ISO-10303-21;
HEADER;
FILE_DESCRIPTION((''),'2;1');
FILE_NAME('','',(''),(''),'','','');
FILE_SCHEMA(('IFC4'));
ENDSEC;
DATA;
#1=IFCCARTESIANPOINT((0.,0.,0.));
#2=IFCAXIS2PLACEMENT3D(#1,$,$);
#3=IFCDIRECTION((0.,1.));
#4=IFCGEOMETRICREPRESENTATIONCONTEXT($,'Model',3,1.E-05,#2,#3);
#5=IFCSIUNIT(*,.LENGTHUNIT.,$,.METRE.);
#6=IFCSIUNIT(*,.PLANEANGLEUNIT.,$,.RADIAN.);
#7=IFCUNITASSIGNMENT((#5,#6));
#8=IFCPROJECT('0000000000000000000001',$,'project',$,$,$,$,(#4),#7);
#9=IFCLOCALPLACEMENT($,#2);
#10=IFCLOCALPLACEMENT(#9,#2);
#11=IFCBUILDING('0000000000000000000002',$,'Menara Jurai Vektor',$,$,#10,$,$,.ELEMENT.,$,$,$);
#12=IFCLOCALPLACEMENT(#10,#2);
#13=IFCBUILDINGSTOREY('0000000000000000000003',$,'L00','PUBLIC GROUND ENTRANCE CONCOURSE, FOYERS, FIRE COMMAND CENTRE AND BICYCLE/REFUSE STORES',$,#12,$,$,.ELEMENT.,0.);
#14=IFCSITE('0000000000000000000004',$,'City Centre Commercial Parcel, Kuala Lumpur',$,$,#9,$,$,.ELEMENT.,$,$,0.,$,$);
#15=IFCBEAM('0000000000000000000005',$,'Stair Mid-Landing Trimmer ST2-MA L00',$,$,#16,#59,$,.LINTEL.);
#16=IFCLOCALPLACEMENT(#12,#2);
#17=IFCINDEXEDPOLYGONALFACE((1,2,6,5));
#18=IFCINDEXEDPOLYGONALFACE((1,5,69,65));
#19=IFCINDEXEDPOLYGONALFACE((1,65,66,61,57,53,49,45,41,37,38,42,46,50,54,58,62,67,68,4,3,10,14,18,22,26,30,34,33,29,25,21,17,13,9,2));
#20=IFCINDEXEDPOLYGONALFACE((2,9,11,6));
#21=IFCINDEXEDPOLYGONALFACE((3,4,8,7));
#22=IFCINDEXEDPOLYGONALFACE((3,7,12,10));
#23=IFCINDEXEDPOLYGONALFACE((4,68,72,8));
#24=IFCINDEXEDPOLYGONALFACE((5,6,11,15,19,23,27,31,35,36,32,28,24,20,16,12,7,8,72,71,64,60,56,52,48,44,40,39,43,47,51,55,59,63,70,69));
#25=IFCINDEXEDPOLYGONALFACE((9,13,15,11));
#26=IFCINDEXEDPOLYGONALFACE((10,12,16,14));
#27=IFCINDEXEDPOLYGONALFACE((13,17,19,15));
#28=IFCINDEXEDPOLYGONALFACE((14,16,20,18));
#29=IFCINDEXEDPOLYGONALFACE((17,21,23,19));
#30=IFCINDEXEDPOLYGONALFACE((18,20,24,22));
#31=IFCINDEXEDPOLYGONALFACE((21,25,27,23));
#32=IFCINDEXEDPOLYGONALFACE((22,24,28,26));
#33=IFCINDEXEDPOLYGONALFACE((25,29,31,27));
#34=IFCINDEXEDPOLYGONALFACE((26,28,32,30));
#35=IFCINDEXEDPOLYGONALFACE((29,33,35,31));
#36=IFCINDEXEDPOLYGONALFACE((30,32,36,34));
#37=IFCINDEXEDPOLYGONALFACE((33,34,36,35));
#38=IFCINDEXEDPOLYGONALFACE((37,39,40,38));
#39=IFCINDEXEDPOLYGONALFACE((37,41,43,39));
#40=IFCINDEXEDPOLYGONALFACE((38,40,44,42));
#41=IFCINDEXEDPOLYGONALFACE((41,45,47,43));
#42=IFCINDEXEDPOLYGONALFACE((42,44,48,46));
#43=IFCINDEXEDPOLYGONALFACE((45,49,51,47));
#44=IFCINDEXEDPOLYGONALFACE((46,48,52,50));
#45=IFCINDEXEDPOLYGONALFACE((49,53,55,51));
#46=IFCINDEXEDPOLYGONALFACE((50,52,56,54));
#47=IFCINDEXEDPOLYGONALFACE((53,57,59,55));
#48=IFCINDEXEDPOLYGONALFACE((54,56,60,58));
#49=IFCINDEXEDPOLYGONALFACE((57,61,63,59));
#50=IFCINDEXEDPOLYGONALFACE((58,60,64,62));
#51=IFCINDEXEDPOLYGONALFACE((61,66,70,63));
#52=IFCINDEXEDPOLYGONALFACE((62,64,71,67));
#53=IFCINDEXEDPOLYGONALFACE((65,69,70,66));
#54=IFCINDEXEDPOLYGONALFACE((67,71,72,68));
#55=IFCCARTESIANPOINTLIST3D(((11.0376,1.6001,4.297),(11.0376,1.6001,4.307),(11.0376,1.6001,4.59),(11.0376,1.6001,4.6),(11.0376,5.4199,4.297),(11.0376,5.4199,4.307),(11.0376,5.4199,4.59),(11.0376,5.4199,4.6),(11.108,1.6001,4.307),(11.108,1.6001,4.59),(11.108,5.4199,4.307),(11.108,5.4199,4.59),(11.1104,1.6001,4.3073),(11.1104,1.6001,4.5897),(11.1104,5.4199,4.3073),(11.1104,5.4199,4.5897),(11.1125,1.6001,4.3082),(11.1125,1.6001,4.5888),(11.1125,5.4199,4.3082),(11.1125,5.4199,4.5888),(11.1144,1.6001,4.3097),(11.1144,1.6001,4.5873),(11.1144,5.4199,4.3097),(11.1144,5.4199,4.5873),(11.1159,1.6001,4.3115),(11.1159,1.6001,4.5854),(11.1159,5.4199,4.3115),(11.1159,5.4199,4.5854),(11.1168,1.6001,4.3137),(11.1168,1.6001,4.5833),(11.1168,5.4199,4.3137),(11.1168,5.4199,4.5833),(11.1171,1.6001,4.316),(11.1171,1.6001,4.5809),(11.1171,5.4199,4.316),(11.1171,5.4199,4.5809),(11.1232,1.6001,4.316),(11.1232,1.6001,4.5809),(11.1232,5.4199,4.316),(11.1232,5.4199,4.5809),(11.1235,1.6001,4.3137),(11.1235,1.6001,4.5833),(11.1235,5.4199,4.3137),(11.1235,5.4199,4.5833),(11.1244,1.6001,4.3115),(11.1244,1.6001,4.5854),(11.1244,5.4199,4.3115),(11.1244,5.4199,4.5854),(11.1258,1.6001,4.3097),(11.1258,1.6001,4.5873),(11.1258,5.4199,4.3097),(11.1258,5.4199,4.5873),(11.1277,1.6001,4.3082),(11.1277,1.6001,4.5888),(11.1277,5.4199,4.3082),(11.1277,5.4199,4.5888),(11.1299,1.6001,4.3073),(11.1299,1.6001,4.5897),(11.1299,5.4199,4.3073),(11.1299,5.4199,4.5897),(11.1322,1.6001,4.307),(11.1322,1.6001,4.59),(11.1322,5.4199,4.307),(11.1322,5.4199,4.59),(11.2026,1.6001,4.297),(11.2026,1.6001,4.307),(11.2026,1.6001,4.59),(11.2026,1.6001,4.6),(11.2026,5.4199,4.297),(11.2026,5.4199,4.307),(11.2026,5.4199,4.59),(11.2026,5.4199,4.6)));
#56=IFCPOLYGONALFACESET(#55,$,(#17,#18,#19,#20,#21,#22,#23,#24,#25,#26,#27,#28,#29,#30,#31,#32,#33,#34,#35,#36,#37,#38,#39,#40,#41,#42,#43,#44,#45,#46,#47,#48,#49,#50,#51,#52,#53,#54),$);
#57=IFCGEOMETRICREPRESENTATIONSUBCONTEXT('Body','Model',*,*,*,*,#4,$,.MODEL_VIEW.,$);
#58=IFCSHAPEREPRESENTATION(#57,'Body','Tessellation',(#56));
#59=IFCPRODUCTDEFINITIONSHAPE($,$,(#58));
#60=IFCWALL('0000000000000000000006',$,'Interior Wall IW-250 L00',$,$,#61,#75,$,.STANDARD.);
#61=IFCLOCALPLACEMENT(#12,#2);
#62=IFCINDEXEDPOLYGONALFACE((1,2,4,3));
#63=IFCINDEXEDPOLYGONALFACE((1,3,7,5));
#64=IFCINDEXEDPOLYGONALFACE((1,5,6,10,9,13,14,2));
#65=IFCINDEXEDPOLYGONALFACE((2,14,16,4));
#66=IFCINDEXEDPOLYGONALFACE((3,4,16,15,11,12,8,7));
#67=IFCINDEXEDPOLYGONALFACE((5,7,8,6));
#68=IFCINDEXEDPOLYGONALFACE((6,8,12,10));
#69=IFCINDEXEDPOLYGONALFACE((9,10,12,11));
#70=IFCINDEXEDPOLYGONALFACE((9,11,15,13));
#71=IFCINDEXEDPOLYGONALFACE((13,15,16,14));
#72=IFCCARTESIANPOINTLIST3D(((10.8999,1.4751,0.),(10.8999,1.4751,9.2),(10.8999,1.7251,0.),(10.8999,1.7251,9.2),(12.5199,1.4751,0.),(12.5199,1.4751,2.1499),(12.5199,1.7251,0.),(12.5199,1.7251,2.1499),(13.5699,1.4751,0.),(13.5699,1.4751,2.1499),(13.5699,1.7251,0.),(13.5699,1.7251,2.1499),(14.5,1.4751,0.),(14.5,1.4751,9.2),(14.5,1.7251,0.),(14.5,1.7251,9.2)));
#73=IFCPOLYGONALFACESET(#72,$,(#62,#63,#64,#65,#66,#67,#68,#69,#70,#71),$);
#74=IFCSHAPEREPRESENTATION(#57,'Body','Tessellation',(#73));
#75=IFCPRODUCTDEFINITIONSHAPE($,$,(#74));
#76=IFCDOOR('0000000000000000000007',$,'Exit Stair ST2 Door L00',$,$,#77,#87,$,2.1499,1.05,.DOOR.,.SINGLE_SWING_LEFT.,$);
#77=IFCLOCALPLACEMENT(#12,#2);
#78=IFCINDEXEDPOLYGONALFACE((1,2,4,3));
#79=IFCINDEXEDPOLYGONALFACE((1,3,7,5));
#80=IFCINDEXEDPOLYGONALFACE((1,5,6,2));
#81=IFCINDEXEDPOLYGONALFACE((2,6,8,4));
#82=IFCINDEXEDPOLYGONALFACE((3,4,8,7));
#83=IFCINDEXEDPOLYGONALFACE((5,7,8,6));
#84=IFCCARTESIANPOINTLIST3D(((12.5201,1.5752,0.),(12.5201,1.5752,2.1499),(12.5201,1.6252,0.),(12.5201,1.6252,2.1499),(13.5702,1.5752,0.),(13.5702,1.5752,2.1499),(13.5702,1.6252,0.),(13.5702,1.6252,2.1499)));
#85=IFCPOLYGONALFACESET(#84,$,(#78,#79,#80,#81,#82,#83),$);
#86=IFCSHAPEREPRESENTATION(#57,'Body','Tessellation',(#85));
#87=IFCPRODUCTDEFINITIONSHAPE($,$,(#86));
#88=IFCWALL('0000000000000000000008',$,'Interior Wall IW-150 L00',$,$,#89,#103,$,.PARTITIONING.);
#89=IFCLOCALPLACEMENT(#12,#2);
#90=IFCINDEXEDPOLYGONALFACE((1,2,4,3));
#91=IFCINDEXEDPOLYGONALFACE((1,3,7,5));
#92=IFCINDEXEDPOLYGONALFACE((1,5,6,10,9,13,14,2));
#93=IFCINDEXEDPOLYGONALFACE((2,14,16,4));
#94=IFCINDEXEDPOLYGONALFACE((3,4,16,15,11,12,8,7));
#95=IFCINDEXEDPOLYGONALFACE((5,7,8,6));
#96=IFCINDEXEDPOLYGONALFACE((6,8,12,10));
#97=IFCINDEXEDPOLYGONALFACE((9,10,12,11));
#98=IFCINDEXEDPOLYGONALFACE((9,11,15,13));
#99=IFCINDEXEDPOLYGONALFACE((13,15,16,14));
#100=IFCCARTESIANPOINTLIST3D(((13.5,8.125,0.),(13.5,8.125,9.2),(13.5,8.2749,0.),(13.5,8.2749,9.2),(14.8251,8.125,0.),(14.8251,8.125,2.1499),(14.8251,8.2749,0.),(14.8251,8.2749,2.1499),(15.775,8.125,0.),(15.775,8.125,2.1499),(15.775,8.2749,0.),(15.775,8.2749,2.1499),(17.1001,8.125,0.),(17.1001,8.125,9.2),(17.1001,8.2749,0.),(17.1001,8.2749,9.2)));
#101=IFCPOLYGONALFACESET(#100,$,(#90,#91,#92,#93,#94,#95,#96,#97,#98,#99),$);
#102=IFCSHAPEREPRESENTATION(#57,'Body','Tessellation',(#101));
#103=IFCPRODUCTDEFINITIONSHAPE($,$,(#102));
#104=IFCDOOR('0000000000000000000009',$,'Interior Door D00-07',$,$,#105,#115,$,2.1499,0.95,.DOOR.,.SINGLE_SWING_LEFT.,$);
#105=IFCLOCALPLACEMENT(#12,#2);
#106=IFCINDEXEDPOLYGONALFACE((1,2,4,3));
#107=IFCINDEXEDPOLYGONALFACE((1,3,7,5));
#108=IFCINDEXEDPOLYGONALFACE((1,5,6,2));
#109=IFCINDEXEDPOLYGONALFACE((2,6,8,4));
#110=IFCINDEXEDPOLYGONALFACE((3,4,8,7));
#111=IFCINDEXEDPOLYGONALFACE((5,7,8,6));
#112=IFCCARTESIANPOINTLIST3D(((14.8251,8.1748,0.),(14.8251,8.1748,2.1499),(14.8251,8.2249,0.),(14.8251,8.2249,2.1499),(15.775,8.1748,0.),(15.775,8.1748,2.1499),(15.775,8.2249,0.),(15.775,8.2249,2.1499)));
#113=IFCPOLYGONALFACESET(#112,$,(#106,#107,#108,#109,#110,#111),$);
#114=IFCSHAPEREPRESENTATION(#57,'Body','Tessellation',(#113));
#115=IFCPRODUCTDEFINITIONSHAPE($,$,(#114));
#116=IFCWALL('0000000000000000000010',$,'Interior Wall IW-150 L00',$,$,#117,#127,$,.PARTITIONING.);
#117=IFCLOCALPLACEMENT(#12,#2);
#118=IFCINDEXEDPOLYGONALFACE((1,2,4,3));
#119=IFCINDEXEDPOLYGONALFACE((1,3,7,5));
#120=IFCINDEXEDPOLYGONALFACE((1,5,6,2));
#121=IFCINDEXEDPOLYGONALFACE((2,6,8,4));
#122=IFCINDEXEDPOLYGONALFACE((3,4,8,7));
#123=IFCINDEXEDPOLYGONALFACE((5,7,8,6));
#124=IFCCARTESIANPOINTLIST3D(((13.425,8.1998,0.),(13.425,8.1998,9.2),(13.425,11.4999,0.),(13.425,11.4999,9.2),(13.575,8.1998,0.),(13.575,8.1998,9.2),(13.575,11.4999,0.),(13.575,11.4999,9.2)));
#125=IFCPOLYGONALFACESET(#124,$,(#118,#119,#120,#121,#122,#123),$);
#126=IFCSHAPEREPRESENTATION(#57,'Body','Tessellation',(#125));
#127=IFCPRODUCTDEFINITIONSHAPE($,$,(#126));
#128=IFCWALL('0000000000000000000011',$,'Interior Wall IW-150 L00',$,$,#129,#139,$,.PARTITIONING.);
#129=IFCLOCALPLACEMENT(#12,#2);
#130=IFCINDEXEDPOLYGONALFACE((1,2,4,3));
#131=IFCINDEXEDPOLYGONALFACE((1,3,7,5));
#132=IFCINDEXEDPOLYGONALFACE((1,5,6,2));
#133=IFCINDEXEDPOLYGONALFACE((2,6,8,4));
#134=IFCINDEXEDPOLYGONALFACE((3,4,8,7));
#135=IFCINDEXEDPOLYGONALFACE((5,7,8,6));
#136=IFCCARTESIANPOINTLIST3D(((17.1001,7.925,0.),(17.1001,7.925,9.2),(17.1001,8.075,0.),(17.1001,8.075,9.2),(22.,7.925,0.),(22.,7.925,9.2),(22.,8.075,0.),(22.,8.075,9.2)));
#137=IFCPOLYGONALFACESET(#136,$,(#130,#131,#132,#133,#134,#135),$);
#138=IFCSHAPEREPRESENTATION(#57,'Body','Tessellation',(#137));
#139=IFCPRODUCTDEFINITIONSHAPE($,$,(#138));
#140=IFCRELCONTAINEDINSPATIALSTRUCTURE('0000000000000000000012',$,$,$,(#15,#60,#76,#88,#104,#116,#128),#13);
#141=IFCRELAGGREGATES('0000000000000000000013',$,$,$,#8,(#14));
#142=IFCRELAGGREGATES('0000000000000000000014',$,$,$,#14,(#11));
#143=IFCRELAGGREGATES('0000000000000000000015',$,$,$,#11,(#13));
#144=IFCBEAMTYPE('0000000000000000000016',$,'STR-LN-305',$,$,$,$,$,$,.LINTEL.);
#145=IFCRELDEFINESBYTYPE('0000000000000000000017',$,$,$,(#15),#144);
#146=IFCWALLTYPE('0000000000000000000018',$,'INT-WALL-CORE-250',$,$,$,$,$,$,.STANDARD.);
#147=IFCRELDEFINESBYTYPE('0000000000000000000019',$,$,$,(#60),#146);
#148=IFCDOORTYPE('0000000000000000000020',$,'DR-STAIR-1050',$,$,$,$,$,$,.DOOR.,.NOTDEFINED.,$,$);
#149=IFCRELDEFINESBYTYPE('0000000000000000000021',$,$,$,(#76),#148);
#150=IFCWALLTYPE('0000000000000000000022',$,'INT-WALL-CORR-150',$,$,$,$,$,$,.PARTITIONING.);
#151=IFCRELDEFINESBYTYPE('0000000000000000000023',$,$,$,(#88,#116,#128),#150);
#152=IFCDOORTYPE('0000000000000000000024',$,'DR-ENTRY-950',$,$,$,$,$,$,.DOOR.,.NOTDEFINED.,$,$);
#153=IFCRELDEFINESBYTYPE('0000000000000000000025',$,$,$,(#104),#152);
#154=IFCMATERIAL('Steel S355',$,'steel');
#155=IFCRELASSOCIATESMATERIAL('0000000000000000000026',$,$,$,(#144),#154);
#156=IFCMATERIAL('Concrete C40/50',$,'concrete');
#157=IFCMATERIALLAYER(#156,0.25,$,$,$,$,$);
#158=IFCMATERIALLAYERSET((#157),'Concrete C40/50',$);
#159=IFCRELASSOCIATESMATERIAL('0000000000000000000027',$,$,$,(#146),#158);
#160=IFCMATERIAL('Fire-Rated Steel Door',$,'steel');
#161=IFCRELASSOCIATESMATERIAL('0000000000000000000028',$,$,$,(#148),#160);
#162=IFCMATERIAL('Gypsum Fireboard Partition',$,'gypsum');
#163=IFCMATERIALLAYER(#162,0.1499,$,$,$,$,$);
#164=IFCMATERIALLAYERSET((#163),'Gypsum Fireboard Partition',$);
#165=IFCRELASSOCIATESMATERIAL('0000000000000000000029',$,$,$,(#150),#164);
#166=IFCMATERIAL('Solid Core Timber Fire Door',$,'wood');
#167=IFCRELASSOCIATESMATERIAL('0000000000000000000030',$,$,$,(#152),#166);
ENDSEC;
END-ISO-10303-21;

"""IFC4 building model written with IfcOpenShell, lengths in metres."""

from ifc_helpers import new_model, si_unit, direction, frame, frame_2d, origin, origin_2d, place, context, subcontext, project, spatial, rectangle, i_section, extrude, material, layer, layer_set, material_profile, profile_set, type_object, element, fill, save


model = new_model("IFC4")

# Units and contexts
model_context = context("Model", 3, precision=1e-05, world=origin(), true_north=direction((0.0, 1.0)))
body_context = subcontext(model_context, "Body", "Model", "MODEL_VIEW")
ifc_project = project(units=[si_unit("LENGTHUNIT", "METRE"), si_unit("PLANEANGLEUNIT", "RADIAN")], contexts=[model_context])

# Site, building, storey
site_placement = place(None, origin())
site = spatial("IfcSite", under=ifc_project, at=site_placement, Name="City Centre Commercial Parcel, Kuala Lumpur", CompositionType="ELEMENT", RefElevation=0.0)
building_placement = place(site_placement, origin())
building = spatial("IfcBuilding", under=site, at=building_placement, Name="Menara Jurai Vektor", CompositionType="ELEMENT")
storey_placement = place(building_placement, origin())
storey = spatial("IfcBuildingStorey", under=building, at=storey_placement, Name="L00", Description="PUBLIC GROUND ENTRANCE CONCOURSE, FOYERS, FIRE COMMAND CENTRE AND BICYCLE/REFUSE STORES", CompositionType="ELEMENT", Elevation=0.0)

# Shared definitions
ifc_material_1 = material(Name="Steel S355", Category="steel")

# Beam
ifc_material_profile_1 = material_profile(ifc_material_1, i_section(OverallWidth=0.165, OverallDepth=0.303, WebThickness=0.0061, FlangeThickness=0.01, FilletRadius=0.009, at=origin_2d()), Name="UKB 305x165x40")
ifc_profile_set_1 = profile_set([ifc_material_profile_1], Name="Steel S355")
beam_type_1 = type_object("IfcBeamType", Name="STR-LN-305", PredefinedType="LINTEL", material=ifc_profile_set_1)
for number, where, z_axis, x_axis, name in (
    (1, (11.1201, 1.6001, 4.4485), (0.0, 1.0, 0.0), (-1.0, 0.0, 0.0), "Stair Mid-Landing Trimmer ST2-MA L00"),
):
    element("IfcBeam", number, at=place(storey_placement, frame(where, z_axis=z_axis, x_axis=x_axis)), inside=storey, type_object=beam_type_1, Name=name, PredefinedType="LINTEL", context=body_context, shape_type="SweptSolid", body=[
        extrude(i_section(OverallWidth=0.165, OverallDepth=0.303, WebThickness=0.0061, FlangeThickness=0.01, FilletRadius=0.009, at=origin_2d()), origin(), (0.0, 0.0, 1.0), 3.8198),
    ])

# Walls, openings, doors
ifc_material_2 = material(Name="Concrete C40/50", Category="concrete")
ifc_layer_1 = layer(ifc_material_2, 0.25)
ifc_layer_set_1 = layer_set([ifc_layer_1], Name="Concrete C40/50")
wall_type_1 = type_object("IfcWallType", Name="INT-WALL-CORE-250", PredefinedType="STANDARD", material=ifc_layer_set_1)
wall_1_placement = place(storey_placement, frame((10.8999, 1.6001, 0.0), z_axis=(0.0, 0.0, 1.0), x_axis=(1.0, 0.0, 0.0)))
wall_1 = element("IfcWall", 2, at=wall_1_placement, inside=storey, type_object=wall_type_1, Name="Interior Wall IW-250 L00", PredefinedType="STANDARD", context=body_context, shape_type="SweptSolid", body=[
    extrude(rectangle(XDim=3.6001, YDim=0.25, at=frame_2d((1.8, 0.0))), origin(), (0.0, 0.0, 1.0), 9.2),
])
opening_1_placement = place(wall_1_placement, frame((1.6201, 0.0, 0.0)))
opening_1 = element("IfcOpeningElement", 3, at=opening_1_placement, cuts=wall_1, PredefinedType="OPENING", context=body_context, shape_type="SweptSolid", body=[
    extrude(rectangle(XDim=1.05, YDim=2.1499, at=frame_2d((0.5249, 1.075))), frame((0.0, 0.135, 0.0), z_axis=(0.0, -1.0, 0.0), x_axis=(1.0, 0.0, 0.0)), (0.0, 0.0, 1.0), 0.27),
])
ifc_material_3 = material(Name="Fire-Rated Steel Door", Category="steel")
door_type_1 = type_object("IfcDoorType", Name="DR-STAIR-1050", OperationType="NOTDEFINED", PredefinedType="DOOR", material=ifc_material_3)
door_1_placement = place(opening_1_placement, frame((1.05, 0.0, 0.0), z_axis=(0.0, 0.0, 1.0), x_axis=(-1.0, 0.0, 0.0)))
door_1 = element("IfcDoor", 4, at=door_1_placement, inside=storey, type_object=door_type_1, Name="Exit Stair ST2 Door L00", OperationType="SINGLE_SWING_LEFT", OverallHeight=2.1499, OverallWidth=1.05, PredefinedType="DOOR", context=body_context, shape_type="SweptSolid", body=[
    extrude(rectangle(XDim=1.05, YDim=2.1499, at=frame_2d((0.5249, 1.075))), frame((0.0, 0.0249, 0.0), z_axis=(0.0, -1.0, 0.0), x_axis=(1.0, 0.0, 0.0)), (0.0, 0.0, 1.0), 0.05),
])
fill(opening_1, door_1)
ifc_material_4 = material(Name="Gypsum Fireboard Partition", Category="gypsum")
ifc_layer_2 = layer(ifc_material_4, 0.1499)
ifc_layer_set_2 = layer_set([ifc_layer_2], Name="Gypsum Fireboard Partition")
wall_type_2 = type_object("IfcWallType", Name="INT-WALL-CORR-150", PredefinedType="PARTITIONING", material=ifc_layer_set_2)
wall_2_placement = place(storey_placement, frame((13.5, 8.2, 0.0), z_axis=(0.0, 0.0, 1.0), x_axis=(1.0, 0.0, 0.0)))
wall_2 = element("IfcWall", 5, at=wall_2_placement, inside=storey, type_object=wall_type_2, Name="Interior Wall IW-150 L00", PredefinedType="PARTITIONING", context=body_context, shape_type="SweptSolid", body=[
    extrude(rectangle(XDim=3.6001, YDim=0.1499, at=frame_2d((1.8, 0.0))), origin(), (0.0, 0.0, 1.0), 9.2),
])
opening_2_placement = place(wall_2_placement, frame((1.325, 0.0, 0.0)))
opening_2 = element("IfcOpeningElement", 6, at=opening_2_placement, cuts=wall_2, PredefinedType="OPENING", context=body_context, shape_type="SweptSolid", body=[
    extrude(rectangle(XDim=0.95, YDim=2.1499, at=frame_2d((0.4751, 1.075))), frame((0.0, 0.085, 0.0), z_axis=(0.0, -1.0, 0.0), x_axis=(1.0, 0.0, 0.0)), (0.0, 0.0, 1.0), 0.1699),
])
ifc_material_5 = material(Name="Solid Core Timber Fire Door", Category="wood")
door_type_2 = type_object("IfcDoorType", Name="DR-ENTRY-950", OperationType="NOTDEFINED", PredefinedType="DOOR", material=ifc_material_5)
door_2_placement = place(opening_2_placement, origin())
door_2 = element("IfcDoor", 7, at=door_2_placement, inside=storey, type_object=door_type_2, Name="Interior Door D00-07", OperationType="SINGLE_SWING_LEFT", OverallHeight=2.1499, OverallWidth=0.95, PredefinedType="DOOR", context=body_context, shape_type="SweptSolid", body=[
    extrude(rectangle(XDim=0.95, YDim=2.1499, at=frame_2d((0.4751, 1.075))), frame((0.0, 0.0249, 0.0), z_axis=(0.0, -1.0, 0.0), x_axis=(1.0, 0.0, 0.0)), (0.0, 0.0, 1.0), 0.05),
])
fill(opening_2, door_2)

# Walls
wall_3_placement = place(storey_placement, frame((13.5, 8.2, 0.0), z_axis=(0.0, 0.0, 1.0), x_axis=(0.0, 1.0, 0.0)))
element("IfcWall", 8, at=wall_3_placement, inside=storey, type_object=wall_type_2, Name="Interior Wall IW-150 L00", PredefinedType="PARTITIONING", context=body_context, shape_type="SweptSolid", body=[
    extrude(rectangle(XDim=3.3, YDim=0.1499, at=frame_2d((1.6499, 0.0))), origin(), (0.0, 0.0, 1.0), 9.2),
])
wall_4_placement = place(storey_placement, frame((17.1001, 8.0, 0.0), z_axis=(0.0, 0.0, 1.0), x_axis=(1.0, 0.0, 0.0)))
element("IfcWall", 9, at=wall_4_placement, inside=storey, type_object=wall_type_2, Name="Interior Wall IW-150 L00", PredefinedType="PARTITIONING", context=body_context, shape_type="SweptSolid", body=[
    extrude(rectangle(XDim=4.8999, YDim=0.1499, at=frame_2d((2.45, 0.0))), origin(), (0.0, 0.0, 1.0), 9.2),
])

save(model, "model.ifc")
